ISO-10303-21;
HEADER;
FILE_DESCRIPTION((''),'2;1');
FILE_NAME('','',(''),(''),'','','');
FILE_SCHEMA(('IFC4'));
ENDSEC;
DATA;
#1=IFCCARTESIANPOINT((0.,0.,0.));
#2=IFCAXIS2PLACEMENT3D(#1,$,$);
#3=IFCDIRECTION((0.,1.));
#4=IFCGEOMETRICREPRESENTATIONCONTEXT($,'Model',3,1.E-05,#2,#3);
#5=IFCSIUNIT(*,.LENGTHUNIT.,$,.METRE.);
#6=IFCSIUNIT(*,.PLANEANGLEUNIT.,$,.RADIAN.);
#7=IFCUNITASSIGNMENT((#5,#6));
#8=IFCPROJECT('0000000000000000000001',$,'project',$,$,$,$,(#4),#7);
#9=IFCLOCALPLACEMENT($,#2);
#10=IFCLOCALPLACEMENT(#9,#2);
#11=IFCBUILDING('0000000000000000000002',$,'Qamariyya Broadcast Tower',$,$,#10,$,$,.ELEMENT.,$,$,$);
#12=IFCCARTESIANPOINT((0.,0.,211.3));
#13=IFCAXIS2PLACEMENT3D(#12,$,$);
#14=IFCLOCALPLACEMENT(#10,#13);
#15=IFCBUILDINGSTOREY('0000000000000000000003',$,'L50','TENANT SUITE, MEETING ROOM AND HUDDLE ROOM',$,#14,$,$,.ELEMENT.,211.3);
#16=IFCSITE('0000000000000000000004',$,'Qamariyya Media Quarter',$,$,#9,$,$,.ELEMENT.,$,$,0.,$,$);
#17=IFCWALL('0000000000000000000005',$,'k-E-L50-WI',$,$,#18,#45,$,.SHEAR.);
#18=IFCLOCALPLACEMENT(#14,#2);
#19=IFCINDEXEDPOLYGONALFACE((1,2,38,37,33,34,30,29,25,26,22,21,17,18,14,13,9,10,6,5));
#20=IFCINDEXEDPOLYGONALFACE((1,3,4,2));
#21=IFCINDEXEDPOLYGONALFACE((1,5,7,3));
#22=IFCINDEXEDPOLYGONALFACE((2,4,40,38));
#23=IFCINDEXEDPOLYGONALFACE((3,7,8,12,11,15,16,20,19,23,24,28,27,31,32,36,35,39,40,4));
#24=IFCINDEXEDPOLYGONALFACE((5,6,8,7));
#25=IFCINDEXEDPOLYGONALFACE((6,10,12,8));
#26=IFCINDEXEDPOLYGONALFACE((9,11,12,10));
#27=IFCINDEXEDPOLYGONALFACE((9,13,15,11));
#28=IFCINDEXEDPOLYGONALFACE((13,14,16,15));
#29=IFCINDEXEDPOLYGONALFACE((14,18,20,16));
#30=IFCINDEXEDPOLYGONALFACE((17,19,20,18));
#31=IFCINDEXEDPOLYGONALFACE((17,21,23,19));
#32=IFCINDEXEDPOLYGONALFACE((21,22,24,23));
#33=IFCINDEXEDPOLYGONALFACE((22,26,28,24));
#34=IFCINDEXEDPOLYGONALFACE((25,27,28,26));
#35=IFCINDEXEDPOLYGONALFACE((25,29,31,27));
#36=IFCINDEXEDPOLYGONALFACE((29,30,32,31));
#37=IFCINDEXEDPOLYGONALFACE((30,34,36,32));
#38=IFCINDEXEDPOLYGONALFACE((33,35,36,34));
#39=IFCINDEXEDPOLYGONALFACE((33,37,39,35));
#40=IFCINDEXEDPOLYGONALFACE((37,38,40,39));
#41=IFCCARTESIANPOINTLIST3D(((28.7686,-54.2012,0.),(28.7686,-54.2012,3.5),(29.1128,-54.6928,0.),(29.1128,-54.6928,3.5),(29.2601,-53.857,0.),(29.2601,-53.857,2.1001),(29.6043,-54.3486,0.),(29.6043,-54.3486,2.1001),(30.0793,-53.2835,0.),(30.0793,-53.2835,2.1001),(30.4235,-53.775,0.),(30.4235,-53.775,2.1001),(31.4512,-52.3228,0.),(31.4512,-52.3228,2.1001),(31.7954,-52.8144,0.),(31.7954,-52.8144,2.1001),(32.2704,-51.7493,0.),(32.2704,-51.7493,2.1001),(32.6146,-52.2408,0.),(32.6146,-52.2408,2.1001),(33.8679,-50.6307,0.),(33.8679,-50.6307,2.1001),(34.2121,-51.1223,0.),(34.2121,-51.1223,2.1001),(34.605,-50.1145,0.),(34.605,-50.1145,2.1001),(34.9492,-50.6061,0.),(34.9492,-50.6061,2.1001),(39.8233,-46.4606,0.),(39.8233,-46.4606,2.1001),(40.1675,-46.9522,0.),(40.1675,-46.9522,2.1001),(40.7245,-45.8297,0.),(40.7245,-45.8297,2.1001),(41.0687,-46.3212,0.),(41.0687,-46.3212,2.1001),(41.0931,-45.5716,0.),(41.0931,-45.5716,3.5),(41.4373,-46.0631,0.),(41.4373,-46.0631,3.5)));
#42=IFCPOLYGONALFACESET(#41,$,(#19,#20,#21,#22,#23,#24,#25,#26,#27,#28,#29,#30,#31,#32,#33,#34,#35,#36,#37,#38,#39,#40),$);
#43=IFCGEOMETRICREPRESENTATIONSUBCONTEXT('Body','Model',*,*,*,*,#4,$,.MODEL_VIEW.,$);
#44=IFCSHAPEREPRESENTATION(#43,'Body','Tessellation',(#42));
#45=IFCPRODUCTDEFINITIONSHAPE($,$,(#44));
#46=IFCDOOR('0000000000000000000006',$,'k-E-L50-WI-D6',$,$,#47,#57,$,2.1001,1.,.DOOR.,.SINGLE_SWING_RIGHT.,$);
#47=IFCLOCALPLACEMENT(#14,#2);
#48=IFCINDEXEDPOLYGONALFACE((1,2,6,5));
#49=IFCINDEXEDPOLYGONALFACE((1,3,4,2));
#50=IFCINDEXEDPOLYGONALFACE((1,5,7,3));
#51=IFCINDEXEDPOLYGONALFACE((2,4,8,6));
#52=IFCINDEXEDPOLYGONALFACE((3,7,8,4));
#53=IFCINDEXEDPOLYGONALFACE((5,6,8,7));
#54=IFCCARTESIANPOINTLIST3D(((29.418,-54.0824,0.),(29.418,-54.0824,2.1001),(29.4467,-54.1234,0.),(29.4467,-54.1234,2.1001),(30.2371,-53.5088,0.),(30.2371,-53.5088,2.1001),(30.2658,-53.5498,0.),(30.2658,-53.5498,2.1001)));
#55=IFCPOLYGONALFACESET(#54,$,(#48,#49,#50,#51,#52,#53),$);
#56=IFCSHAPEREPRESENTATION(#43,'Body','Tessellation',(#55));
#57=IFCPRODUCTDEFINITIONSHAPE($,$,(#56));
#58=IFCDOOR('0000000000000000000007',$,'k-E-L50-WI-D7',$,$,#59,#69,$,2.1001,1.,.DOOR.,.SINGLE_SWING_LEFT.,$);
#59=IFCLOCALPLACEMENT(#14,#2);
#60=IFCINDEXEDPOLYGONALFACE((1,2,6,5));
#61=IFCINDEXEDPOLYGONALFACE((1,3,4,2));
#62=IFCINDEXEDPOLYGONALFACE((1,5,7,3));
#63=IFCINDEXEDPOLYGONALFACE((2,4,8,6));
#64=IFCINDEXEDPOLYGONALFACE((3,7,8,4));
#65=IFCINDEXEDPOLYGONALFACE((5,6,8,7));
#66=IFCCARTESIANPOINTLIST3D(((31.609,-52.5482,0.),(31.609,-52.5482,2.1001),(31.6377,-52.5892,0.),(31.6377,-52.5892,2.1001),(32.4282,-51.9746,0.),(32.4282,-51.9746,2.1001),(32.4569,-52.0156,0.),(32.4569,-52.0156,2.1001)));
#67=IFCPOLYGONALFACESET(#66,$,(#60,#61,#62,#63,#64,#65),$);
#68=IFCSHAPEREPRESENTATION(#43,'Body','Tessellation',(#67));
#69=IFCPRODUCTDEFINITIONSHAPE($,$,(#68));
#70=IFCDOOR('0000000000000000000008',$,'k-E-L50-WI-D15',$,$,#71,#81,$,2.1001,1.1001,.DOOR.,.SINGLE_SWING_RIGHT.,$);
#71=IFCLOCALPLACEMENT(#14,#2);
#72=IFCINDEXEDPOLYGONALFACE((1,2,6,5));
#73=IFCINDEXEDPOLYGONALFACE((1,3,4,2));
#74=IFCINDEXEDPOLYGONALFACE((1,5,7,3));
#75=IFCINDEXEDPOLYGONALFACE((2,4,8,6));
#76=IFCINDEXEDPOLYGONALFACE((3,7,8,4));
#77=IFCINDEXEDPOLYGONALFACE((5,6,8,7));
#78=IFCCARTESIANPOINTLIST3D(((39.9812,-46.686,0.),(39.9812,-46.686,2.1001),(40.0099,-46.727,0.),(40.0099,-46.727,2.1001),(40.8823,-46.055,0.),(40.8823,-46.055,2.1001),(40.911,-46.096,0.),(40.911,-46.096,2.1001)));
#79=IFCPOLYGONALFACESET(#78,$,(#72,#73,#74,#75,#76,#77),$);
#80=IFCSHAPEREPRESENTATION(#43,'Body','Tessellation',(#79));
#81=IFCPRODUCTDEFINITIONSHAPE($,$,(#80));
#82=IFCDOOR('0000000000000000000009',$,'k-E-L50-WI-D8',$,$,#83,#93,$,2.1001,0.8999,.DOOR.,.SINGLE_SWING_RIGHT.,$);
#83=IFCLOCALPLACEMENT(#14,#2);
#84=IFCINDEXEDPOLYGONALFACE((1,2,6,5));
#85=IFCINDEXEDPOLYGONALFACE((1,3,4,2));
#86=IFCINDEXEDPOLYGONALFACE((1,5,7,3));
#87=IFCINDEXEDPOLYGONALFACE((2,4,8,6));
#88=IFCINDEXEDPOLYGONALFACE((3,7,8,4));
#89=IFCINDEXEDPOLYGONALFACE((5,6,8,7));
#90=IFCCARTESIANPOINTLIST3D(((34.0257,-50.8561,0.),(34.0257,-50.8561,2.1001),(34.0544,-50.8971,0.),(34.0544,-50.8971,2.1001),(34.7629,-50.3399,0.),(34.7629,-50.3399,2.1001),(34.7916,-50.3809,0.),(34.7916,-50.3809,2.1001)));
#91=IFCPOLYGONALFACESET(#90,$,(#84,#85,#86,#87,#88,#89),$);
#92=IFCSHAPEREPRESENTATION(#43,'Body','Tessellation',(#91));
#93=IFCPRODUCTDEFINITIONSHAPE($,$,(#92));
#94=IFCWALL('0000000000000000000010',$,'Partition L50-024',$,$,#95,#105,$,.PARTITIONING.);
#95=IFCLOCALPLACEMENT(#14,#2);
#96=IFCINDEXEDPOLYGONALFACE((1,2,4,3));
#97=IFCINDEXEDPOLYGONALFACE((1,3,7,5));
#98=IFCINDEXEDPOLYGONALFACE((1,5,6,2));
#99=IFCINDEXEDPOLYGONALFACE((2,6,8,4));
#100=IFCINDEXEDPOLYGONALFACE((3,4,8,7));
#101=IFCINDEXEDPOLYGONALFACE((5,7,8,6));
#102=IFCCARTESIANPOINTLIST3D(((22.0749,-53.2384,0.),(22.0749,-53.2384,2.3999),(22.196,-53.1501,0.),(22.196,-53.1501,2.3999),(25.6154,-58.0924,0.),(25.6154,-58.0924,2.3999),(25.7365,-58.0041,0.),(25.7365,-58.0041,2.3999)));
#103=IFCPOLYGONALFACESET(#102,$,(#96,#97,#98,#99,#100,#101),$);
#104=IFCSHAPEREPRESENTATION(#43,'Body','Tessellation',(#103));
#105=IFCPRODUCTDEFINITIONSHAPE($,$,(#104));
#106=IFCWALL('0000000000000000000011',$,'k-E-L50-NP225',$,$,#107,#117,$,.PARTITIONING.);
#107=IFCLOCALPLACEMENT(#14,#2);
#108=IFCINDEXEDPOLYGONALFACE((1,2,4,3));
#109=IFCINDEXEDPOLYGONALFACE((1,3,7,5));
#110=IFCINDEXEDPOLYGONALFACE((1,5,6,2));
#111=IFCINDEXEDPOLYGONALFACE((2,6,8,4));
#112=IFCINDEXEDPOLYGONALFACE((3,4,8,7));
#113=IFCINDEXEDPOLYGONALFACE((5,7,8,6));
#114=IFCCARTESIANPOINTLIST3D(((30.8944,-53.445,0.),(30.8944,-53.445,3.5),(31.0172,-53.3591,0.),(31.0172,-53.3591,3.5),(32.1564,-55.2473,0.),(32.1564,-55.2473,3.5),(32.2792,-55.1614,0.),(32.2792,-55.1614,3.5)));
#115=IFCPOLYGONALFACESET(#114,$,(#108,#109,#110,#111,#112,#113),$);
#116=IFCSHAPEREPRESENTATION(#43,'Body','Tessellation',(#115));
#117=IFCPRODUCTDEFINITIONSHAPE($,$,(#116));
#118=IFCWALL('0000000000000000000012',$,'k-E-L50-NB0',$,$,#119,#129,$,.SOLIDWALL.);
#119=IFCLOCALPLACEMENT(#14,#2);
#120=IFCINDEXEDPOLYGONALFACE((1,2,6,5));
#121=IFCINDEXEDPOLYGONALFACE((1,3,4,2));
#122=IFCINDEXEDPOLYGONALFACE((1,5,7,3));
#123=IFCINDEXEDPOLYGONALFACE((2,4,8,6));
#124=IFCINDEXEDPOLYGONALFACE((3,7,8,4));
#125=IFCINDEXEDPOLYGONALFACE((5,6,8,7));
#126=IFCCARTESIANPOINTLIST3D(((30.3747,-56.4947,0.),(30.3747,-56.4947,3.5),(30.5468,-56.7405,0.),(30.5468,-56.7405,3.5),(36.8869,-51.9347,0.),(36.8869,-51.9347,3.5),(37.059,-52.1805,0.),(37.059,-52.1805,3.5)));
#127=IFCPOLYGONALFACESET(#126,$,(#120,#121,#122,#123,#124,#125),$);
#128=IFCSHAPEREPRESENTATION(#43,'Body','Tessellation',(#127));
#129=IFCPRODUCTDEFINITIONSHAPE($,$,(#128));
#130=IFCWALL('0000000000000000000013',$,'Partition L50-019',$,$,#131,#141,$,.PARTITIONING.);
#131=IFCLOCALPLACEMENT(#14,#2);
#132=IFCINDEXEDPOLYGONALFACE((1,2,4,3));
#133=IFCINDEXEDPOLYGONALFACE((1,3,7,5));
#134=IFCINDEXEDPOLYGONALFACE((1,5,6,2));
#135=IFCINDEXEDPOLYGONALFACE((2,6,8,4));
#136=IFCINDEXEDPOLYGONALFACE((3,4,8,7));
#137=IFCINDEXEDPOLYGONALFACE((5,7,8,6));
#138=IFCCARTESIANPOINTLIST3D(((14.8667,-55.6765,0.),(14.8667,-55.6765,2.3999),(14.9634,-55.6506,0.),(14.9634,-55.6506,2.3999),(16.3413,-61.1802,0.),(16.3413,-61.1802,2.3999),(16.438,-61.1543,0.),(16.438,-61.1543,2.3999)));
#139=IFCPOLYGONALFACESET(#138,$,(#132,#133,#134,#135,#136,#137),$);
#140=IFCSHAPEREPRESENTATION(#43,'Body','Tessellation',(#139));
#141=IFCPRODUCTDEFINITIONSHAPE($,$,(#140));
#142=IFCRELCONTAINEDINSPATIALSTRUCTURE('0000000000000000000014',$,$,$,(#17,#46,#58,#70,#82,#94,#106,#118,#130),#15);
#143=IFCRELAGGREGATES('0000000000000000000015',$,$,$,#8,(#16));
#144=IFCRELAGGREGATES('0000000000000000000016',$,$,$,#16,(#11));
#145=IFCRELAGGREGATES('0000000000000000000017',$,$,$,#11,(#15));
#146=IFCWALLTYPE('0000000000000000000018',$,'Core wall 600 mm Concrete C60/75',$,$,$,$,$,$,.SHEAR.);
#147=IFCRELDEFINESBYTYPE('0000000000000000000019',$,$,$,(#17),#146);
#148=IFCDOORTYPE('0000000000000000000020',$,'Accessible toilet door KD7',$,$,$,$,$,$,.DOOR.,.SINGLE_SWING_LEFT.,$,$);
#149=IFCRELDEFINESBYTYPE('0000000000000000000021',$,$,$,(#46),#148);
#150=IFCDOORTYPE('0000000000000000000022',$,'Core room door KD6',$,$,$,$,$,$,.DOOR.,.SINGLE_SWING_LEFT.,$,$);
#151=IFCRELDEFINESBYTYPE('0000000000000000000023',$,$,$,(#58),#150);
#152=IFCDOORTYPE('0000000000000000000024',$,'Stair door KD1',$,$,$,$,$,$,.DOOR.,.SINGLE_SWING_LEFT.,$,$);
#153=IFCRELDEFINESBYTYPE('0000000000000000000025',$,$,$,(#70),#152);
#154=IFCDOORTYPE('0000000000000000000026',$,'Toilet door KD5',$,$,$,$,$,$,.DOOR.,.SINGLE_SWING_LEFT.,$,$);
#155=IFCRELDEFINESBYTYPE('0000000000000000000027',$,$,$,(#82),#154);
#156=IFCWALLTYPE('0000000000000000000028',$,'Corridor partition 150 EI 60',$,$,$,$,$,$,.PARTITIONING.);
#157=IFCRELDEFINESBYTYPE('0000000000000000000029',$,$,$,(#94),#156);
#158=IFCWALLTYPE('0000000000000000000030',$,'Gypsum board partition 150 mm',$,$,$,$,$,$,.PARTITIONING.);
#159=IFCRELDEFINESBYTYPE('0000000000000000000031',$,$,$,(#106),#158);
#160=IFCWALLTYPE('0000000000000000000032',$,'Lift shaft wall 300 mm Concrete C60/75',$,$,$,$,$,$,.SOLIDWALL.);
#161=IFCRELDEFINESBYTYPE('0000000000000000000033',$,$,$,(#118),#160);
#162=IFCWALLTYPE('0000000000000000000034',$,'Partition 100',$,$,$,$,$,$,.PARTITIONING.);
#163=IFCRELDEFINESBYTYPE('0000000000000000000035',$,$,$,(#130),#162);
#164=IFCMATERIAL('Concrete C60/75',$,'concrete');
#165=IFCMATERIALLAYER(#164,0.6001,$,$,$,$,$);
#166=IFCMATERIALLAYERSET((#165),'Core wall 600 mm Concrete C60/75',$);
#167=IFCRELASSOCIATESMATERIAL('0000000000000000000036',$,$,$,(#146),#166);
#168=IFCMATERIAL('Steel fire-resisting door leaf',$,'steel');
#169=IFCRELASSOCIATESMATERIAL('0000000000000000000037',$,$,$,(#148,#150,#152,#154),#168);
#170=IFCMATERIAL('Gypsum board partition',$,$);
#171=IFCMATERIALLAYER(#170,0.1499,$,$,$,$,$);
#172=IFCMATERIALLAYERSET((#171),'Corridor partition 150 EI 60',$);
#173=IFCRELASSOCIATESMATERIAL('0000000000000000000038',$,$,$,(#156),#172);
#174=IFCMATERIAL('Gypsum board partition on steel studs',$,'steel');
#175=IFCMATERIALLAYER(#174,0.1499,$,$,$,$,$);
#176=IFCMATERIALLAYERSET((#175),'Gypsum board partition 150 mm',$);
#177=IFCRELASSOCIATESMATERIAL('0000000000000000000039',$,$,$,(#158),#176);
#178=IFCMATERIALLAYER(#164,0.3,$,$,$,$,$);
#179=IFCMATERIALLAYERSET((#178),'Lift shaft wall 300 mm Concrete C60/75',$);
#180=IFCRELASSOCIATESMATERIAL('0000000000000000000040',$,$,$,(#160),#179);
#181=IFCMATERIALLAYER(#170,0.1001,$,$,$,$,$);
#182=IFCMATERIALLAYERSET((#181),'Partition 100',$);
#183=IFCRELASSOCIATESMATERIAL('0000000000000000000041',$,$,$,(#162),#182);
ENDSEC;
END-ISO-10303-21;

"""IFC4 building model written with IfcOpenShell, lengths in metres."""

from ifc_helpers import new_model, si_unit, direction, frame, frame_2d, origin, place, context, subcontext, project, spatial, rectangle, extrude, material, layer, layer_set, type_object, element, fill, save


model = new_model("IFC4")

# Units and contexts
model_context = context("Model", 3, precision=1e-05, world=origin(), true_north=direction((0.0, 1.0)))
body_context = subcontext(model_context, "Body", "Model", "MODEL_VIEW")
ifc_project = project(units=[si_unit("LENGTHUNIT", "METRE"), si_unit("PLANEANGLEUNIT", "RADIAN")], contexts=[model_context])

# Site, building, storey
site_placement = place(None, origin())
site = spatial("IfcSite", under=ifc_project, at=site_placement, Name="Qamariyya Media Quarter", CompositionType="ELEMENT", RefElevation=0.0)
building_placement = place(site_placement, origin())
building = spatial("IfcBuilding", under=site, at=building_placement, Name="Qamariyya Broadcast Tower", CompositionType="ELEMENT")
storey_placement = place(building_placement, frame((0.0, 0.0, 211.3)))
storey = spatial("IfcBuildingStorey", under=building, at=storey_placement, Name="L50", Description="TENANT SUITE, MEETING ROOM AND HUDDLE ROOM", CompositionType="ELEMENT", Elevation=211.3)

# Shared definitions
ifc_material_1 = material(Name="Concrete C60/75", Category="concrete")

# Wall, openings, doors
ifc_layer_1 = layer(ifc_material_1, 0.6001)
ifc_layer_set_1 = layer_set([ifc_layer_1], Name="Core wall 600 mm Concrete C60/75")
wall_type_1 = type_object("IfcWallType", Name="Core wall 600 mm Concrete C60/75", PredefinedType="SHEAR", material=ifc_layer_set_1)
wall_1_placement = place(storey_placement, frame((28.9407, -54.447, 0.0), z_axis=(0.0, 0.0, 1.0), x_axis=(0.819153, 0.573575, 0.0)))
wall_1 = element("IfcWall", 1, at=wall_1_placement, inside=storey, type_object=wall_type_1, Name="k-E-L50-WI", PredefinedType="SHEAR", context=body_context, shape_type="SweptSolid", body=[
    extrude(rectangle(XDim=15.0454, YDim=0.6001, at=frame_2d((7.5227, 0.0))), origin(), (0.0, 0.0, 1.0), 3.5),
])
opening_1_placement = place(wall_1_placement, frame((0.6001, 0.0, 0.0)))
opening_1 = element("IfcOpeningElement", 2, at=opening_1_placement, cuts=wall_1, PredefinedType="OPENING", context=body_context, shape_type="SweptSolid", body=[
    extrude(rectangle(XDim=1.0, YDim=2.1001, at=frame_2d((0.5, 1.05))), frame((0.0, 0.3101, 0.0), z_axis=(0.0, -1.0, 0.0), x_axis=(1.0, 0.0, 0.0)), (0.0, 0.0, 1.0), 0.6201),
])
opening_2_placement = place(wall_1_placement, frame((3.2749, 0.0, 0.0)))
opening_2 = element("IfcOpeningElement", 3, at=opening_2_placement, cuts=wall_1, PredefinedType="OPENING", context=body_context, shape_type="SweptSolid", body=[
    extrude(rectangle(XDim=1.0, YDim=2.1001, at=frame_2d((0.5, 1.05))), frame((0.0, 0.3101, 0.0), z_axis=(0.0, -1.0, 0.0), x_axis=(1.0, 0.0, 0.0)), (0.0, 0.0, 1.0), 0.6201),
])
opening_3_placement = place(wall_1_placement, frame((6.2251, 0.0, 0.0)))
opening_3 = element("IfcOpeningElement", 4, at=opening_3_placement, cuts=wall_1, PredefinedType="OPENING", context=body_context, shape_type="SweptSolid", body=[
    extrude(rectangle(XDim=0.8999, YDim=2.1001, at=frame_2d((0.45, 1.05))), frame((0.0, 0.3101, 0.0), z_axis=(0.0, -1.0, 0.0), x_axis=(1.0, 0.0, 0.0)), (0.0, 0.0, 1.0), 0.6201),
])
opening_4_placement = place(wall_1_placement, frame((13.4954, 0.0, 0.0)))
opening_4 = element("IfcOpeningElement", 5, at=opening_4_placement, cuts=wall_1, PredefinedType="OPENING", context=body_context, shape_type="SweptSolid", body=[
    extrude(rectangle(XDim=1.1001, YDim=2.1001, at=frame_2d((0.55, 1.05))), frame((0.0, 0.3101, 0.0), z_axis=(0.0, -1.0, 0.0), x_axis=(1.0, 0.0, 0.0)), (0.0, 0.0, 1.0), 0.6201),
])
ifc_material_2 = material(Name="Steel fire-resisting door leaf", Category="steel")
door_type_1 = type_object("IfcDoorType", Name="Accessible toilet door KD7", OperationType="SINGLE_SWING_LEFT", PredefinedType="DOOR", material=ifc_material_2)
door_1_placement = place(opening_1_placement, origin())
door_1 = element("IfcDoor", 6, at=door_1_placement, inside=storey, type_object=door_type_1, Name="k-E-L50-WI-D6", OperationType="SINGLE_SWING_RIGHT", OverallHeight=2.1001, OverallWidth=1.0, PredefinedType="DOOR", context=body_context, shape_type="SweptSolid", body=[
    extrude(rectangle(XDim=1.0, YDim=2.1001, at=frame_2d((0.5, 1.05))), frame((0.0, 0.0249, 0.0), z_axis=(0.0, -1.0, 0.0), x_axis=(1.0, 0.0, 0.0)), (0.0, 0.0, 1.0), 0.05),
])
fill(opening_1, door_1)
door_type_2 = type_object("IfcDoorType", Name="Core room door KD6", OperationType="SINGLE_SWING_LEFT", PredefinedType="DOOR", material=ifc_material_2)
door_2_placement = place(opening_2_placement, origin())
door_2 = element("IfcDoor", 7, at=door_2_placement, inside=storey, type_object=door_type_2, Name="k-E-L50-WI-D7", OperationType="SINGLE_SWING_LEFT", OverallHeight=2.1001, OverallWidth=1.0, PredefinedType="DOOR", context=body_context, shape_type="SweptSolid", body=[
    extrude(rectangle(XDim=1.0, YDim=2.1001, at=frame_2d((0.5, 1.05))), frame((0.0, 0.0249, 0.0), z_axis=(0.0, -1.0, 0.0), x_axis=(1.0, 0.0, 0.0)), (0.0, 0.0, 1.0), 0.05),
])
fill(opening_2, door_2)
door_type_3 = type_object("IfcDoorType", Name="Stair door KD1", OperationType="SINGLE_SWING_LEFT", PredefinedType="DOOR", material=ifc_material_2)
door_3_placement = place(opening_4_placement, origin())
door_3 = element("IfcDoor", 8, at=door_3_placement, inside=storey, type_object=door_type_3, Name="k-E-L50-WI-D15", OperationType="SINGLE_SWING_RIGHT", OverallHeight=2.1001, OverallWidth=1.1001, PredefinedType="DOOR", context=body_context, shape_type="SweptSolid", body=[
    extrude(rectangle(XDim=1.1001, YDim=2.1001, at=frame_2d((0.55, 1.05))), frame((0.0, 0.0249, 0.0), z_axis=(0.0, -1.0, 0.0), x_axis=(1.0, 0.0, 0.0)), (0.0, 0.0, 1.0), 0.05),
])
fill(opening_4, door_3)
door_type_4 = type_object("IfcDoorType", Name="Toilet door KD5", OperationType="SINGLE_SWING_LEFT", PredefinedType="DOOR", material=ifc_material_2)
door_4_placement = place(opening_3_placement, origin())
door_4 = element("IfcDoor", 9, at=door_4_placement, inside=storey, type_object=door_type_4, Name="k-E-L50-WI-D8", OperationType="SINGLE_SWING_RIGHT", OverallHeight=2.1001, OverallWidth=0.8999, PredefinedType="DOOR", context=body_context, shape_type="SweptSolid", body=[
    extrude(rectangle(XDim=0.8999, YDim=2.1001, at=frame_2d((0.45, 1.05))), frame((0.0, 0.0249, 0.0), z_axis=(0.0, -1.0, 0.0), x_axis=(1.0, 0.0, 0.0)), (0.0, 0.0, 1.0), 0.05),
])
fill(opening_3, door_4)

# Walls
ifc_material_3 = material(Name="Gypsum board partition")
ifc_layer_2 = layer(ifc_material_3, 0.1499)
ifc_layer_set_2 = layer_set([ifc_layer_2], Name="Corridor partition 150 EI 60")
wall_type_2 = type_object("IfcWallType", Name="Corridor partition 150 EI 60", PredefinedType="PARTITIONING", material=ifc_layer_set_2)
wall_2_placement = place(storey_placement, frame((22.1355, -53.1943, 0.0), z_axis=(0.0, 0.0, 1.0), x_axis=(0.589297, -0.807916, 0.0)))
element("IfcWall", 10, at=wall_2_placement, inside=storey, type_object=wall_type_2, Name="Partition L50-024", PredefinedType="PARTITIONING", context=body_context, shape_type="SweptSolid", body=[
    extrude(rectangle(XDim=6.0081, YDim=0.1499, at=frame_2d((3.0039, 0.0))), origin(), (0.0, 0.0, 1.0), 2.3999),
])
ifc_material_4 = material(Name="Gypsum board partition on steel studs", Category="steel")
ifc_layer_3 = layer(ifc_material_4, 0.1499)
ifc_layer_set_3 = layer_set([ifc_layer_3], Name="Gypsum board partition 150 mm")
wall_type_3 = type_object("IfcWallType", Name="Gypsum board partition 150 mm", PredefinedType="PARTITIONING", material=ifc_layer_set_3)
wall_3_placement = place(storey_placement, frame((32.2178, -55.2043, 0.0), z_axis=(0.0, 0.0, 1.0), x_axis=(-0.573581, 0.819149, 0.0)))
element("IfcWall", 11, at=wall_3_placement, inside=storey, type_object=wall_type_3, Name="k-E-L50-NP225", PredefinedType="PARTITIONING", context=body_context, shape_type="SweptSolid", body=[
    extrude(rectangle(XDim=2.2002, YDim=0.1499, at=frame_2d((1.1001, 0.0))), origin(), (0.0, 0.0, 1.0), 3.5),
])
ifc_layer_4 = layer(ifc_material_1, 0.3)
ifc_layer_set_4 = layer_set([ifc_layer_4], Name="Lift shaft wall 300 mm Concrete C60/75")
wall_type_4 = type_object("IfcWallType", Name="Lift shaft wall 300 mm Concrete C60/75", PredefinedType="SOLIDWALL", material=ifc_layer_set_4)
wall_4_placement = place(storey_placement, frame((30.4607, -56.6177, 0.0), z_axis=(0.0, 0.0, 1.0), x_axis=(0.819142, 0.57359, 0.0)))
element("IfcWall", 12, at=wall_4_placement, inside=storey, type_object=wall_type_4, Name="k-E-L50-NB0", PredefinedType="SOLIDWALL", context=body_context, shape_type="SweptSolid", body=[
    extrude(rectangle(XDim=7.95, YDim=0.3, at=frame_2d((3.9751, 0.0))), origin(), (0.0, 0.0, 1.0), 3.5),
])
ifc_layer_5 = layer(ifc_material_3, 0.1001)
ifc_layer_set_5 = layer_set([ifc_layer_5], Name="Partition 100")
wall_type_5 = type_object("IfcWallType", Name="Partition 100", PredefinedType="PARTITIONING", material=ifc_layer_set_5)
wall_5_placement = place(storey_placement, frame((14.915, -55.6636, 0.0), z_axis=(0.0, 0.0, 1.0), x_axis=(0.258804, -0.96593, 0.0)))
element("IfcWall", 13, at=wall_5_placement, inside=storey, type_object=wall_type_5, Name="Partition L50-019", PredefinedType="PARTITIONING", context=body_context, shape_type="SweptSolid", body=[
    extrude(rectangle(XDim=5.6978, YDim=0.1001, at=frame_2d((2.8489, 0.0))), origin(), (0.0, 0.0, 1.0), 2.3999),
])

save(model, "model.ifc")
